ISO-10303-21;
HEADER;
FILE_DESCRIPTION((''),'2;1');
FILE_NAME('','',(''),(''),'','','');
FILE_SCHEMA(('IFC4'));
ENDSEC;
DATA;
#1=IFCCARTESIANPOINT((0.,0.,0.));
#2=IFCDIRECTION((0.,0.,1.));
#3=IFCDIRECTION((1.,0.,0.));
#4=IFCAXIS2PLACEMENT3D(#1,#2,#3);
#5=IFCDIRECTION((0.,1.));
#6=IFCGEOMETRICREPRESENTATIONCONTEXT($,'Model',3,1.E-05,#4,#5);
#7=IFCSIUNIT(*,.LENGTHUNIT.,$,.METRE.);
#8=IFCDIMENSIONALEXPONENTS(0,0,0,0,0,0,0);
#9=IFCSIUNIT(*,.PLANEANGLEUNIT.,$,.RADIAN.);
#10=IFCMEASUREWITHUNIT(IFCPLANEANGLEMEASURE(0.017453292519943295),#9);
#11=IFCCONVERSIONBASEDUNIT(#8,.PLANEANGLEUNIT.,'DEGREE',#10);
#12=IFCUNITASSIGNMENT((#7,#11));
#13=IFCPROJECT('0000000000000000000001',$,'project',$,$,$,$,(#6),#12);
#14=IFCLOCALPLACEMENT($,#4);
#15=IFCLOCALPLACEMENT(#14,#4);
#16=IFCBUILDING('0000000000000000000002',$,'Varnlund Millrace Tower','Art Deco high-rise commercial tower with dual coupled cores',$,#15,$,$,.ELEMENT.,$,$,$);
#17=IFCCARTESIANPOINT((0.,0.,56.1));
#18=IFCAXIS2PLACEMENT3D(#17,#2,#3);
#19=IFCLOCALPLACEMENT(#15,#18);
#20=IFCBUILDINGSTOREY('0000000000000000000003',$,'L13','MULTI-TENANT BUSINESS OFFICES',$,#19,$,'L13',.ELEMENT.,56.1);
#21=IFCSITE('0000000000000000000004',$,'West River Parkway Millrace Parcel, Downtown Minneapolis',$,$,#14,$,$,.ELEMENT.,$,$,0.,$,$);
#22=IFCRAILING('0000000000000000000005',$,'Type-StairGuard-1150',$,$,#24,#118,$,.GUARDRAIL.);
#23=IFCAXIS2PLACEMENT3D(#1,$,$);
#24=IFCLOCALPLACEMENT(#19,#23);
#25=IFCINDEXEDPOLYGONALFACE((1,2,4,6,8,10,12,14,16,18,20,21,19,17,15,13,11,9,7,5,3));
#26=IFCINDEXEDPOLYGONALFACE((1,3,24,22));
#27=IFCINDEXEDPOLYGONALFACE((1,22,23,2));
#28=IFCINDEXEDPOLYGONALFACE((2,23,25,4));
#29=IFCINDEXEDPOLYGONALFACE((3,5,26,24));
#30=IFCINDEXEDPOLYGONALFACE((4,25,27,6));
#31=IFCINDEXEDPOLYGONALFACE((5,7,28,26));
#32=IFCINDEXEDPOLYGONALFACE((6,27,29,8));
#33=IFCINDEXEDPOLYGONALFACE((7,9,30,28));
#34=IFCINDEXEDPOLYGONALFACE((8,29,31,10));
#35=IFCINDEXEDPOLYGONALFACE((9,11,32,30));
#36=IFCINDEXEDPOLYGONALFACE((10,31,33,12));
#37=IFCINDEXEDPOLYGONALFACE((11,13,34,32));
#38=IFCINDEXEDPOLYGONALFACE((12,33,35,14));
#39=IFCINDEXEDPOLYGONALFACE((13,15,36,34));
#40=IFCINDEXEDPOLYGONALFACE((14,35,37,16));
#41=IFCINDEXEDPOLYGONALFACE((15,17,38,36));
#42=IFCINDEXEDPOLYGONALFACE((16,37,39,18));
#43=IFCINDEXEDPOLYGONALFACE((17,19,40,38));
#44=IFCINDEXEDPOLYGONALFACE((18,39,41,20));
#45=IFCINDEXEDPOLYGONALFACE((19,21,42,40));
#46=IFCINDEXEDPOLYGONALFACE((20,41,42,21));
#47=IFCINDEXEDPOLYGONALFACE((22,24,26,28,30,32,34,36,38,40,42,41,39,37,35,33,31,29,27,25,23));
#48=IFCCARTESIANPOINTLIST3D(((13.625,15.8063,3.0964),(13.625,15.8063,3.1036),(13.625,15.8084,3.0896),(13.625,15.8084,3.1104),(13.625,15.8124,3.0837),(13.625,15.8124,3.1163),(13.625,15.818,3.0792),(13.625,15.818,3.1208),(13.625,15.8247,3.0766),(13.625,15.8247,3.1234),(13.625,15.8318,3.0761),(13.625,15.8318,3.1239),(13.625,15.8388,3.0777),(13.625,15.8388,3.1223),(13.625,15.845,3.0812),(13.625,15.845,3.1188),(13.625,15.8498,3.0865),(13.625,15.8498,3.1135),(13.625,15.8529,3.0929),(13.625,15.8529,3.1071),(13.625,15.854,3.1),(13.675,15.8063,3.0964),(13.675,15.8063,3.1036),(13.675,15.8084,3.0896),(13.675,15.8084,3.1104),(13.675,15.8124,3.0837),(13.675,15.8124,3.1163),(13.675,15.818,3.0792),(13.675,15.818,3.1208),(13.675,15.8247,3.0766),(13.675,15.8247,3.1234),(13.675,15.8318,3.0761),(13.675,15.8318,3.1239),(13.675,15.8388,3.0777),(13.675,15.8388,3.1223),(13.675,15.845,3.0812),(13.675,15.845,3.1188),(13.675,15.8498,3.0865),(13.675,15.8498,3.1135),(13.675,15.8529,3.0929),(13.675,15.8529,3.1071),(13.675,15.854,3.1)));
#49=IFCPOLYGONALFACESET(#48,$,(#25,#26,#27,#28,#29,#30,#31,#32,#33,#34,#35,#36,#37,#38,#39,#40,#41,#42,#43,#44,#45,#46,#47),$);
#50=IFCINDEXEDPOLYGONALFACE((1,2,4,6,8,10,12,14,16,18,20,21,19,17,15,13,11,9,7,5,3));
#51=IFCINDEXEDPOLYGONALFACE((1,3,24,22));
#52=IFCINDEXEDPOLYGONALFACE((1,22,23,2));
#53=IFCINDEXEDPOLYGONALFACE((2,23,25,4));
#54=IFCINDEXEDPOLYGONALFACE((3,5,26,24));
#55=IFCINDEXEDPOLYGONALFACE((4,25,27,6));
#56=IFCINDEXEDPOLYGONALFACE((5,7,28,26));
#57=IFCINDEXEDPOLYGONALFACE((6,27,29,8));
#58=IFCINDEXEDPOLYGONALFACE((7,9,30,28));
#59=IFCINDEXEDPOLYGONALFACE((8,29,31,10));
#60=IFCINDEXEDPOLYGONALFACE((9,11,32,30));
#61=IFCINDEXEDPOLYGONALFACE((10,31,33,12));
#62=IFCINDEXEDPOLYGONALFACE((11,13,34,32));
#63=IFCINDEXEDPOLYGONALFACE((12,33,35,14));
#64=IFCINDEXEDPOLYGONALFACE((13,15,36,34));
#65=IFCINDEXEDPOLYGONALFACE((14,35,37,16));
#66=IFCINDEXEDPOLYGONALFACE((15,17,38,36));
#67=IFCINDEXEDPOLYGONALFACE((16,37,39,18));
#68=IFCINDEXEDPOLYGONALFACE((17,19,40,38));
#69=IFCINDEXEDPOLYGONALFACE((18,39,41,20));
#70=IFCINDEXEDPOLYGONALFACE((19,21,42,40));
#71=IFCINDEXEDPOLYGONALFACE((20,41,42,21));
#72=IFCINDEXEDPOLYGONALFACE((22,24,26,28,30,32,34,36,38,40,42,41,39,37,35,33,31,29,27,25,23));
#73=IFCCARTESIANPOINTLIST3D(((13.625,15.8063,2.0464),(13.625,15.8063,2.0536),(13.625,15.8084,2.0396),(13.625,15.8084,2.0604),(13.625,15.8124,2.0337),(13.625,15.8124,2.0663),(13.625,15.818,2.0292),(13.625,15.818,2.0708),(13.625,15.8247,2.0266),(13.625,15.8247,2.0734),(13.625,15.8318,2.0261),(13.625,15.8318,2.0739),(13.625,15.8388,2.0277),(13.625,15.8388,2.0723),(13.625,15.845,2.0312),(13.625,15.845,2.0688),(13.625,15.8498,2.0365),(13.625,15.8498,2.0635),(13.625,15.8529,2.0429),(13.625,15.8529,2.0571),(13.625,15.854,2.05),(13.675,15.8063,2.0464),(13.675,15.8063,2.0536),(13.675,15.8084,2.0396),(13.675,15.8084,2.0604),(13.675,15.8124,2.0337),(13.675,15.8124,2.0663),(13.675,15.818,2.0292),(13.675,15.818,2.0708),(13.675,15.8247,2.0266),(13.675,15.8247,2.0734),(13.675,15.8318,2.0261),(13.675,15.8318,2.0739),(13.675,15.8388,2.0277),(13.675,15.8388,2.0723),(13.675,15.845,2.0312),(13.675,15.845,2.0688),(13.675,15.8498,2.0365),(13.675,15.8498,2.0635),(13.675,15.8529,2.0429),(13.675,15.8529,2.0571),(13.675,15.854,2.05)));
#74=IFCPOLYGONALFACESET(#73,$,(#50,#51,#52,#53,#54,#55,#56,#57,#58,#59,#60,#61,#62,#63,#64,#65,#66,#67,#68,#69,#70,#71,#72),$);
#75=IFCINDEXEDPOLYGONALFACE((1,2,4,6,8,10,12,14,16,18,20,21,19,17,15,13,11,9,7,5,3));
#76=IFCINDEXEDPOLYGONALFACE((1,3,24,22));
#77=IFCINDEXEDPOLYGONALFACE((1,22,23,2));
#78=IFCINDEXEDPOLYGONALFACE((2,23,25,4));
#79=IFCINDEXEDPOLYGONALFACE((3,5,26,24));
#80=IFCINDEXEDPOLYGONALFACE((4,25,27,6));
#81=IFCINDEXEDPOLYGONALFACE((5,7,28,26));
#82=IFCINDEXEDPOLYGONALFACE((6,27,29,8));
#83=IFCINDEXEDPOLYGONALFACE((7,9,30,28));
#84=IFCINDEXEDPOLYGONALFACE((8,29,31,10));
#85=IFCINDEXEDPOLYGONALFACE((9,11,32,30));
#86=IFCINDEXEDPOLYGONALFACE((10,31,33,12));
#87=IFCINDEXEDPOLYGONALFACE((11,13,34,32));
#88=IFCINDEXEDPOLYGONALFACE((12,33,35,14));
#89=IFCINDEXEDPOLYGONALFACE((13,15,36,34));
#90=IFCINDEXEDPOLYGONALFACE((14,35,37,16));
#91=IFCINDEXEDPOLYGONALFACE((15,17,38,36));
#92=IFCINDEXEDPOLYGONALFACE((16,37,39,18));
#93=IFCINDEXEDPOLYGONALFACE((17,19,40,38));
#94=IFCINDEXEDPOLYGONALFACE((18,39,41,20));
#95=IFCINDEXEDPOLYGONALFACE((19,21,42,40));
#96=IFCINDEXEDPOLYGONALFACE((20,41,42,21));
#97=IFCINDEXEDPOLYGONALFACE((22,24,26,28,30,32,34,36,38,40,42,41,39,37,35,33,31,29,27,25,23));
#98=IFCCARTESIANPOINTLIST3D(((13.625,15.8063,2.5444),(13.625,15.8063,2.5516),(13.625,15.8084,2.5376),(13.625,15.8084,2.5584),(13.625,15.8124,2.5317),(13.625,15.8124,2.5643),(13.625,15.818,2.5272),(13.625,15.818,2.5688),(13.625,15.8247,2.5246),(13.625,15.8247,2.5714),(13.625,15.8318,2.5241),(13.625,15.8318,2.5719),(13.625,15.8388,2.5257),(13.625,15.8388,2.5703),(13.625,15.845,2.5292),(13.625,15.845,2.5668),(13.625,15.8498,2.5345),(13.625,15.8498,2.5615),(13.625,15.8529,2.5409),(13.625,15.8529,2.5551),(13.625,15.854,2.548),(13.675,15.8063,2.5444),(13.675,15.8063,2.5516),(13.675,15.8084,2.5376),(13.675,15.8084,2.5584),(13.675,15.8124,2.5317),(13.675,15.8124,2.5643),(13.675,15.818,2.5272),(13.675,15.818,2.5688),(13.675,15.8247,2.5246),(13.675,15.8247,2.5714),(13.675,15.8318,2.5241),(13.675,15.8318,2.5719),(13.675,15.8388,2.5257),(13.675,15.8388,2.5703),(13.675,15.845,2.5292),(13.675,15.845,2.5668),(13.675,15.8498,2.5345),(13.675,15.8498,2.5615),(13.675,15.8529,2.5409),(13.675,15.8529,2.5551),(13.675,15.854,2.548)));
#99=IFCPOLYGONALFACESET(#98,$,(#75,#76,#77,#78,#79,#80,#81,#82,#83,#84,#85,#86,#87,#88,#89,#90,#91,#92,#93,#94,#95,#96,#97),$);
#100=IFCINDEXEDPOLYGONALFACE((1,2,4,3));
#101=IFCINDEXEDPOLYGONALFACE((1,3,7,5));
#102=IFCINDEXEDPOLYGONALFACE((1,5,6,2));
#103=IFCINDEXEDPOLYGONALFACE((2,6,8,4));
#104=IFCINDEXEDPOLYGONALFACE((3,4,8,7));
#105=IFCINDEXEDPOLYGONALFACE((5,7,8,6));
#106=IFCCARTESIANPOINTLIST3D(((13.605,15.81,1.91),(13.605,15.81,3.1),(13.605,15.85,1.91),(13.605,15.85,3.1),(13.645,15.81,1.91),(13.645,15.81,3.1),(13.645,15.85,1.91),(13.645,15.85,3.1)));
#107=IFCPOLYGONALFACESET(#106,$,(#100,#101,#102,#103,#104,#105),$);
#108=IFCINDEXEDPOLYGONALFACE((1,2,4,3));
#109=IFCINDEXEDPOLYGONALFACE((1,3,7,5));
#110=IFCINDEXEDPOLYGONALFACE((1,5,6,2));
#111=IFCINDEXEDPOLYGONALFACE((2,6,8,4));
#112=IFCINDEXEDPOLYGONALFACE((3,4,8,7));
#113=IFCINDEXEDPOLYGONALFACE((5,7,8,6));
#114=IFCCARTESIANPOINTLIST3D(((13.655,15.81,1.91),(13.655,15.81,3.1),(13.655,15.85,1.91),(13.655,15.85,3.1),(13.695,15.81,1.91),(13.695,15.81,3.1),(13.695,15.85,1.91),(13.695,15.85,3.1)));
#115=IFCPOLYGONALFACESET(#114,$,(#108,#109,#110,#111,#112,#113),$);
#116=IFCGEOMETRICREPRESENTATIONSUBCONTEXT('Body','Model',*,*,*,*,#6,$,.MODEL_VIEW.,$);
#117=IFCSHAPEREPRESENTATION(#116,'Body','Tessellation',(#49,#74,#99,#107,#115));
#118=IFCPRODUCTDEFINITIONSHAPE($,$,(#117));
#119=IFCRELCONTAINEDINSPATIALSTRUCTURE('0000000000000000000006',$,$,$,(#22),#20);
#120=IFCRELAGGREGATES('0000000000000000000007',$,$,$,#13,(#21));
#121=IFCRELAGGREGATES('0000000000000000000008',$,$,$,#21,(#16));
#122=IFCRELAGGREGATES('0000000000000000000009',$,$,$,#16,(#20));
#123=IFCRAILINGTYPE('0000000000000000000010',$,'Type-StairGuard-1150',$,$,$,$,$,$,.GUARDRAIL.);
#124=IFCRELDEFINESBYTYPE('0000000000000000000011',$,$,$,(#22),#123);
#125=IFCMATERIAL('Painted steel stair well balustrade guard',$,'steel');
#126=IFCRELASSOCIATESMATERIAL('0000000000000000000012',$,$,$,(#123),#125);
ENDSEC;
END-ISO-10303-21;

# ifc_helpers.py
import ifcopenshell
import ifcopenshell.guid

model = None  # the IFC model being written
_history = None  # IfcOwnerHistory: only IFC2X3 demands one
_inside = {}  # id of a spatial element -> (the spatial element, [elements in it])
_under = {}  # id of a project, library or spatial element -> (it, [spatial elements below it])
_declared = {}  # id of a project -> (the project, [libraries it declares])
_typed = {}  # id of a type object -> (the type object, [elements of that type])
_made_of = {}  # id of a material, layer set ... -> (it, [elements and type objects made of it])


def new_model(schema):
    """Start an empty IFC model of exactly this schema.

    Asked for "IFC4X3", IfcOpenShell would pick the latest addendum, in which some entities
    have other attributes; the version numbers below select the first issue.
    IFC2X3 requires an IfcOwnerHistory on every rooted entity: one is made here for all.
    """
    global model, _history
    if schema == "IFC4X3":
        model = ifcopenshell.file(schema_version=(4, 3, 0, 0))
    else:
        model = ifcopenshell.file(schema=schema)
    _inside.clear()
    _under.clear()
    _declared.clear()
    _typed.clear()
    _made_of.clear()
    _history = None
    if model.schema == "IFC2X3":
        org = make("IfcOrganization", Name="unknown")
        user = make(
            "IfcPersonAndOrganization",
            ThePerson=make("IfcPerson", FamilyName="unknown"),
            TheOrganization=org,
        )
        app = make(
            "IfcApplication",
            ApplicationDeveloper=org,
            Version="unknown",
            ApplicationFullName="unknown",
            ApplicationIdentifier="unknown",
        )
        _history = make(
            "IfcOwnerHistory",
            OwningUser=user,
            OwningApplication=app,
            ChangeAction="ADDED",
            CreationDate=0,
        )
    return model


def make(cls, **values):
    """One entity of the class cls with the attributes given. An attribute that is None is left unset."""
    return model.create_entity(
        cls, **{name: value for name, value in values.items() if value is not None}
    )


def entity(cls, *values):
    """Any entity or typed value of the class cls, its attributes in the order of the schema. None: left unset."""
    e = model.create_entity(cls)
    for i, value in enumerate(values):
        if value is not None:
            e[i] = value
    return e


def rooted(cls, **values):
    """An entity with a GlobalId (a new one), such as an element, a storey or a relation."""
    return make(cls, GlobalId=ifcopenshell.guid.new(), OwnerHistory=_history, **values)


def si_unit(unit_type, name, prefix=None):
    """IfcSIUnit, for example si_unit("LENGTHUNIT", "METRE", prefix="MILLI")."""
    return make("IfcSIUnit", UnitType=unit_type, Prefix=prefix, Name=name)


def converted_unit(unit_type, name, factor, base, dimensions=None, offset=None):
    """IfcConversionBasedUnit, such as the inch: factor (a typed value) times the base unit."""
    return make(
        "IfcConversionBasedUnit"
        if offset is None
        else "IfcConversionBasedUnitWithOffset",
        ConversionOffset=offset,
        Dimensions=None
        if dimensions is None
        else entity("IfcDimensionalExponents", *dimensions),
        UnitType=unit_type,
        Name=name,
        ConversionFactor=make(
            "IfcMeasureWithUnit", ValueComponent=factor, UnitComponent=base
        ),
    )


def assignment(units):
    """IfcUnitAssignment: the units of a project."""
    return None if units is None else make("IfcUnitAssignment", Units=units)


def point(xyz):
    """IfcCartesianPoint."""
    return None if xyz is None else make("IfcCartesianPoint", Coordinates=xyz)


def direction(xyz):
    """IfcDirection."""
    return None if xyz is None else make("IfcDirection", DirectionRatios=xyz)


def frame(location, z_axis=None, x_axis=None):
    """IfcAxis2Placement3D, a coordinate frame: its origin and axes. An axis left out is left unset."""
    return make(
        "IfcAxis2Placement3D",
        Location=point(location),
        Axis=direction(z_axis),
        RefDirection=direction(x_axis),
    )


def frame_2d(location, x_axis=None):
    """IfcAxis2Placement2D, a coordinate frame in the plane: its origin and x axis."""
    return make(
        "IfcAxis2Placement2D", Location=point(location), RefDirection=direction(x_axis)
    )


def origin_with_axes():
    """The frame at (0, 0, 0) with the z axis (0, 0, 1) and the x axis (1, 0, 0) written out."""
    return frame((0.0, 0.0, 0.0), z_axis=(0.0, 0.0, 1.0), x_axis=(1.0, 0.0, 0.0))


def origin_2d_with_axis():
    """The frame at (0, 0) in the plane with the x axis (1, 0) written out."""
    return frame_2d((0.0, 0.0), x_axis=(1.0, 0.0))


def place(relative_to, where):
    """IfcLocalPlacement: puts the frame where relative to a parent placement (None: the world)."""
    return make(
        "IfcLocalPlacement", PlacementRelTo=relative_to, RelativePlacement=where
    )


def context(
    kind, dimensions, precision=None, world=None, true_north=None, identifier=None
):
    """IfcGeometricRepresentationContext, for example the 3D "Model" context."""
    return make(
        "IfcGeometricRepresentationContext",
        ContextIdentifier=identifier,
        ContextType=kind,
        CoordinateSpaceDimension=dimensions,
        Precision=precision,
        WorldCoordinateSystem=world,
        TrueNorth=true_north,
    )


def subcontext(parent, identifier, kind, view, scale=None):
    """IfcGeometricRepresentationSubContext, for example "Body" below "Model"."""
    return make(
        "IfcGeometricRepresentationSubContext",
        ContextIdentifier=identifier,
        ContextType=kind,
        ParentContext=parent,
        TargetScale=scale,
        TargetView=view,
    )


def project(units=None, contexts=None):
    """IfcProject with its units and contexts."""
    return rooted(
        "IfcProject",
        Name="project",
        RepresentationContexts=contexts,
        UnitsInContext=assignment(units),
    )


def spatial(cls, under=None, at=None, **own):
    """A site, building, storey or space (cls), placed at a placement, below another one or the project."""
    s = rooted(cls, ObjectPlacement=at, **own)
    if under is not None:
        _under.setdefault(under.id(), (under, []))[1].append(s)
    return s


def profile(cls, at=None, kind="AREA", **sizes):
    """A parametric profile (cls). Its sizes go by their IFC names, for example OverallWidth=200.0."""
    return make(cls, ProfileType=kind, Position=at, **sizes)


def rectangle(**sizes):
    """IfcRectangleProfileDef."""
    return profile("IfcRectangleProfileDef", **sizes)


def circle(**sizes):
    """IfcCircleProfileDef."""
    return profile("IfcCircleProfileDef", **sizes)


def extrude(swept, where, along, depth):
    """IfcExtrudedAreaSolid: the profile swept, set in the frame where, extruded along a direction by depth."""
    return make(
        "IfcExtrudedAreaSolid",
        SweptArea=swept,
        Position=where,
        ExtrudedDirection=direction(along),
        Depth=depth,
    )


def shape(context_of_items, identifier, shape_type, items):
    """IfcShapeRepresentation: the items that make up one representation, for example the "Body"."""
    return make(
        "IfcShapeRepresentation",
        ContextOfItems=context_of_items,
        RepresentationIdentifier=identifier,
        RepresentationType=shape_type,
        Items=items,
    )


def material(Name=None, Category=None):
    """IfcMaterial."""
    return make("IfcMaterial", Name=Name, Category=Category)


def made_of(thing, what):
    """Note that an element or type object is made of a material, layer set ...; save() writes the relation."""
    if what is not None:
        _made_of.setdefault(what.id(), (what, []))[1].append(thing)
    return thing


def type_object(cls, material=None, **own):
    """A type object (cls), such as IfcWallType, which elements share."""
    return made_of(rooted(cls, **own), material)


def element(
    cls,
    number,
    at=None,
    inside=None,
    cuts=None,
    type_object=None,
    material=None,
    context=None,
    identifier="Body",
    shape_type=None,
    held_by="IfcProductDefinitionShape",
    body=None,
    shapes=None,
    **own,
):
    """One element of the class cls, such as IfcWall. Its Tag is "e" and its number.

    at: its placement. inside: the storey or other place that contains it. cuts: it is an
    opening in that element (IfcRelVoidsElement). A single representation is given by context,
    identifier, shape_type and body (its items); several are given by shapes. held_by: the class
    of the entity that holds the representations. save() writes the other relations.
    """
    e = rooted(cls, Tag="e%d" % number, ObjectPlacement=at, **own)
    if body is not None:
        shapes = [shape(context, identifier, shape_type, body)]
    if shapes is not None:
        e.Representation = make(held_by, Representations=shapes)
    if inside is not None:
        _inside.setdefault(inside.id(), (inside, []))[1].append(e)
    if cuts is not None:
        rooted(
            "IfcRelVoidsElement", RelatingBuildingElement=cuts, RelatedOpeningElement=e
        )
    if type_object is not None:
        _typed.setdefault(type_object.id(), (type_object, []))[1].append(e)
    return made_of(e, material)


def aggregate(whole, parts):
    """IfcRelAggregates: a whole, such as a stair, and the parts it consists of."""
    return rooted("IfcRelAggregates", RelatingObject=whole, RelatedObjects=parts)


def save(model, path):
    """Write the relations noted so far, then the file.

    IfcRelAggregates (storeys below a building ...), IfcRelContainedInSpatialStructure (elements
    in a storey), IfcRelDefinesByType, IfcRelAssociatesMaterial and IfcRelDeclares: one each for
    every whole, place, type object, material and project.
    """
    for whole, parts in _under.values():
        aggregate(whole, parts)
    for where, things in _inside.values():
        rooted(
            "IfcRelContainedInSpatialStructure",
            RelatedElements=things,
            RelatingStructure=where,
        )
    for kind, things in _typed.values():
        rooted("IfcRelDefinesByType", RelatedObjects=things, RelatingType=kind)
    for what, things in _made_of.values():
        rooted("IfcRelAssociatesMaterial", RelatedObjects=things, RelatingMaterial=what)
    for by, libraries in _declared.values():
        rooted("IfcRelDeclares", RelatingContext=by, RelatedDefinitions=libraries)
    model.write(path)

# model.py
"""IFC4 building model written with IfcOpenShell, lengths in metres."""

from ifc_helpers import new_model, entity, si_unit, converted_unit, direction, frame, origin_with_axes, origin_2d_with_axis, place, context, subcontext, project, spatial, rectangle, circle, extrude, material, type_object, element, save


model = new_model("IFC4")

# Units and contexts
model_context = context("Model", 3, precision=1e-05, world=origin_with_axes(), true_north=direction((0.0, 1.0)))
body_context = subcontext(model_context, "Body", "Model", "MODEL_VIEW")
ifc_project = project(units=[si_unit("LENGTHUNIT", "METRE"), converted_unit("PLANEANGLEUNIT", "DEGREE", entity("IfcPlaneAngleMeasure", 0.017453292519943295), si_unit("PLANEANGLEUNIT", "RADIAN"), dimensions=[0, 0, 0, 0, 0, 0, 0])], contexts=[model_context])

# Site, building, storey
site_placement = place(None, origin_with_axes())
site = spatial("IfcSite", under=ifc_project, at=site_placement, Name="West River Parkway Millrace Parcel, Downtown Minneapolis", CompositionType="ELEMENT", RefElevation=0.0)
building_placement = place(site_placement, origin_with_axes())
building = spatial("IfcBuilding", under=site, at=building_placement, Name="Varnlund Millrace Tower", Description="Art Deco high-rise commercial tower with dual coupled cores", CompositionType="ELEMENT")
storey_placement = place(building_placement, frame((0.0, 0.0, 56.1), z_axis=(0.0, 0.0, 1.0), x_axis=(1.0, 0.0, 0.0)))
storey = spatial("IfcBuildingStorey", under=building, at=storey_placement, Name="L13", Description="MULTI-TENANT BUSINESS OFFICES", LongName="L13", CompositionType="ELEMENT", Elevation=56.1)

# Railing
ifc_material_1 = material(Name="Painted steel stair well balustrade guard", Category="steel")
railing_type_1 = type_object("IfcRailingType", Name="Type-StairGuard-1150", PredefinedType="GUARDRAIL", material=ifc_material_1)
railing_1_placement = place(storey_placement, frame((0.0, 0.0, -56.1), z_axis=(0.0, 0.0, 1.0), x_axis=(1.0, 0.0, 0.0)))
element("IfcRailing", 1, at=railing_1_placement, inside=storey, type_object=railing_type_1, Name="Type-StairGuard-1150", PredefinedType="GUARDRAIL", context=body_context, shape_type="SweptSolid", body=[
    extrude(circle(Radius=0.024, at=origin_2d_with_axis()), frame((13.625, 15.83, 59.2), z_axis=(1.0, 0.0, 0.0), x_axis=(0.0, 1.0, 0.0)), (0.0, 0.0, 1.0), 0.05),
    extrude(circle(Radius=0.024, at=origin_2d_with_axis()), frame((13.625, 15.83, 58.15), z_axis=(1.0, 0.0, 0.0), x_axis=(0.0, 1.0, 0.0)), (0.0, 0.0, 1.0), 0.05),
    extrude(circle(Radius=0.024, at=origin_2d_with_axis()), frame((13.625, 15.83, 58.648), z_axis=(1.0, 0.0, 0.0), x_axis=(0.0, 1.0, 0.0)), (0.0, 0.0, 1.0), 0.05),
    extrude(rectangle(XDim=0.04, YDim=0.04, at=origin_2d_with_axis()), frame((13.625, 15.83, 58.01), z_axis=(0.0, 0.0, 1.0), x_axis=(1.0, 0.0, 0.0)), (0.0, 0.0, 1.0), 1.19),
    extrude(rectangle(XDim=0.04, YDim=0.04, at=origin_2d_with_axis()), frame((13.675, 15.83, 58.01), z_axis=(0.0, 0.0, 1.0), x_axis=(1.0, 0.0, 0.0)), (0.0, 0.0, 1.0), 1.19),
])

save(model, "model.ifc")
